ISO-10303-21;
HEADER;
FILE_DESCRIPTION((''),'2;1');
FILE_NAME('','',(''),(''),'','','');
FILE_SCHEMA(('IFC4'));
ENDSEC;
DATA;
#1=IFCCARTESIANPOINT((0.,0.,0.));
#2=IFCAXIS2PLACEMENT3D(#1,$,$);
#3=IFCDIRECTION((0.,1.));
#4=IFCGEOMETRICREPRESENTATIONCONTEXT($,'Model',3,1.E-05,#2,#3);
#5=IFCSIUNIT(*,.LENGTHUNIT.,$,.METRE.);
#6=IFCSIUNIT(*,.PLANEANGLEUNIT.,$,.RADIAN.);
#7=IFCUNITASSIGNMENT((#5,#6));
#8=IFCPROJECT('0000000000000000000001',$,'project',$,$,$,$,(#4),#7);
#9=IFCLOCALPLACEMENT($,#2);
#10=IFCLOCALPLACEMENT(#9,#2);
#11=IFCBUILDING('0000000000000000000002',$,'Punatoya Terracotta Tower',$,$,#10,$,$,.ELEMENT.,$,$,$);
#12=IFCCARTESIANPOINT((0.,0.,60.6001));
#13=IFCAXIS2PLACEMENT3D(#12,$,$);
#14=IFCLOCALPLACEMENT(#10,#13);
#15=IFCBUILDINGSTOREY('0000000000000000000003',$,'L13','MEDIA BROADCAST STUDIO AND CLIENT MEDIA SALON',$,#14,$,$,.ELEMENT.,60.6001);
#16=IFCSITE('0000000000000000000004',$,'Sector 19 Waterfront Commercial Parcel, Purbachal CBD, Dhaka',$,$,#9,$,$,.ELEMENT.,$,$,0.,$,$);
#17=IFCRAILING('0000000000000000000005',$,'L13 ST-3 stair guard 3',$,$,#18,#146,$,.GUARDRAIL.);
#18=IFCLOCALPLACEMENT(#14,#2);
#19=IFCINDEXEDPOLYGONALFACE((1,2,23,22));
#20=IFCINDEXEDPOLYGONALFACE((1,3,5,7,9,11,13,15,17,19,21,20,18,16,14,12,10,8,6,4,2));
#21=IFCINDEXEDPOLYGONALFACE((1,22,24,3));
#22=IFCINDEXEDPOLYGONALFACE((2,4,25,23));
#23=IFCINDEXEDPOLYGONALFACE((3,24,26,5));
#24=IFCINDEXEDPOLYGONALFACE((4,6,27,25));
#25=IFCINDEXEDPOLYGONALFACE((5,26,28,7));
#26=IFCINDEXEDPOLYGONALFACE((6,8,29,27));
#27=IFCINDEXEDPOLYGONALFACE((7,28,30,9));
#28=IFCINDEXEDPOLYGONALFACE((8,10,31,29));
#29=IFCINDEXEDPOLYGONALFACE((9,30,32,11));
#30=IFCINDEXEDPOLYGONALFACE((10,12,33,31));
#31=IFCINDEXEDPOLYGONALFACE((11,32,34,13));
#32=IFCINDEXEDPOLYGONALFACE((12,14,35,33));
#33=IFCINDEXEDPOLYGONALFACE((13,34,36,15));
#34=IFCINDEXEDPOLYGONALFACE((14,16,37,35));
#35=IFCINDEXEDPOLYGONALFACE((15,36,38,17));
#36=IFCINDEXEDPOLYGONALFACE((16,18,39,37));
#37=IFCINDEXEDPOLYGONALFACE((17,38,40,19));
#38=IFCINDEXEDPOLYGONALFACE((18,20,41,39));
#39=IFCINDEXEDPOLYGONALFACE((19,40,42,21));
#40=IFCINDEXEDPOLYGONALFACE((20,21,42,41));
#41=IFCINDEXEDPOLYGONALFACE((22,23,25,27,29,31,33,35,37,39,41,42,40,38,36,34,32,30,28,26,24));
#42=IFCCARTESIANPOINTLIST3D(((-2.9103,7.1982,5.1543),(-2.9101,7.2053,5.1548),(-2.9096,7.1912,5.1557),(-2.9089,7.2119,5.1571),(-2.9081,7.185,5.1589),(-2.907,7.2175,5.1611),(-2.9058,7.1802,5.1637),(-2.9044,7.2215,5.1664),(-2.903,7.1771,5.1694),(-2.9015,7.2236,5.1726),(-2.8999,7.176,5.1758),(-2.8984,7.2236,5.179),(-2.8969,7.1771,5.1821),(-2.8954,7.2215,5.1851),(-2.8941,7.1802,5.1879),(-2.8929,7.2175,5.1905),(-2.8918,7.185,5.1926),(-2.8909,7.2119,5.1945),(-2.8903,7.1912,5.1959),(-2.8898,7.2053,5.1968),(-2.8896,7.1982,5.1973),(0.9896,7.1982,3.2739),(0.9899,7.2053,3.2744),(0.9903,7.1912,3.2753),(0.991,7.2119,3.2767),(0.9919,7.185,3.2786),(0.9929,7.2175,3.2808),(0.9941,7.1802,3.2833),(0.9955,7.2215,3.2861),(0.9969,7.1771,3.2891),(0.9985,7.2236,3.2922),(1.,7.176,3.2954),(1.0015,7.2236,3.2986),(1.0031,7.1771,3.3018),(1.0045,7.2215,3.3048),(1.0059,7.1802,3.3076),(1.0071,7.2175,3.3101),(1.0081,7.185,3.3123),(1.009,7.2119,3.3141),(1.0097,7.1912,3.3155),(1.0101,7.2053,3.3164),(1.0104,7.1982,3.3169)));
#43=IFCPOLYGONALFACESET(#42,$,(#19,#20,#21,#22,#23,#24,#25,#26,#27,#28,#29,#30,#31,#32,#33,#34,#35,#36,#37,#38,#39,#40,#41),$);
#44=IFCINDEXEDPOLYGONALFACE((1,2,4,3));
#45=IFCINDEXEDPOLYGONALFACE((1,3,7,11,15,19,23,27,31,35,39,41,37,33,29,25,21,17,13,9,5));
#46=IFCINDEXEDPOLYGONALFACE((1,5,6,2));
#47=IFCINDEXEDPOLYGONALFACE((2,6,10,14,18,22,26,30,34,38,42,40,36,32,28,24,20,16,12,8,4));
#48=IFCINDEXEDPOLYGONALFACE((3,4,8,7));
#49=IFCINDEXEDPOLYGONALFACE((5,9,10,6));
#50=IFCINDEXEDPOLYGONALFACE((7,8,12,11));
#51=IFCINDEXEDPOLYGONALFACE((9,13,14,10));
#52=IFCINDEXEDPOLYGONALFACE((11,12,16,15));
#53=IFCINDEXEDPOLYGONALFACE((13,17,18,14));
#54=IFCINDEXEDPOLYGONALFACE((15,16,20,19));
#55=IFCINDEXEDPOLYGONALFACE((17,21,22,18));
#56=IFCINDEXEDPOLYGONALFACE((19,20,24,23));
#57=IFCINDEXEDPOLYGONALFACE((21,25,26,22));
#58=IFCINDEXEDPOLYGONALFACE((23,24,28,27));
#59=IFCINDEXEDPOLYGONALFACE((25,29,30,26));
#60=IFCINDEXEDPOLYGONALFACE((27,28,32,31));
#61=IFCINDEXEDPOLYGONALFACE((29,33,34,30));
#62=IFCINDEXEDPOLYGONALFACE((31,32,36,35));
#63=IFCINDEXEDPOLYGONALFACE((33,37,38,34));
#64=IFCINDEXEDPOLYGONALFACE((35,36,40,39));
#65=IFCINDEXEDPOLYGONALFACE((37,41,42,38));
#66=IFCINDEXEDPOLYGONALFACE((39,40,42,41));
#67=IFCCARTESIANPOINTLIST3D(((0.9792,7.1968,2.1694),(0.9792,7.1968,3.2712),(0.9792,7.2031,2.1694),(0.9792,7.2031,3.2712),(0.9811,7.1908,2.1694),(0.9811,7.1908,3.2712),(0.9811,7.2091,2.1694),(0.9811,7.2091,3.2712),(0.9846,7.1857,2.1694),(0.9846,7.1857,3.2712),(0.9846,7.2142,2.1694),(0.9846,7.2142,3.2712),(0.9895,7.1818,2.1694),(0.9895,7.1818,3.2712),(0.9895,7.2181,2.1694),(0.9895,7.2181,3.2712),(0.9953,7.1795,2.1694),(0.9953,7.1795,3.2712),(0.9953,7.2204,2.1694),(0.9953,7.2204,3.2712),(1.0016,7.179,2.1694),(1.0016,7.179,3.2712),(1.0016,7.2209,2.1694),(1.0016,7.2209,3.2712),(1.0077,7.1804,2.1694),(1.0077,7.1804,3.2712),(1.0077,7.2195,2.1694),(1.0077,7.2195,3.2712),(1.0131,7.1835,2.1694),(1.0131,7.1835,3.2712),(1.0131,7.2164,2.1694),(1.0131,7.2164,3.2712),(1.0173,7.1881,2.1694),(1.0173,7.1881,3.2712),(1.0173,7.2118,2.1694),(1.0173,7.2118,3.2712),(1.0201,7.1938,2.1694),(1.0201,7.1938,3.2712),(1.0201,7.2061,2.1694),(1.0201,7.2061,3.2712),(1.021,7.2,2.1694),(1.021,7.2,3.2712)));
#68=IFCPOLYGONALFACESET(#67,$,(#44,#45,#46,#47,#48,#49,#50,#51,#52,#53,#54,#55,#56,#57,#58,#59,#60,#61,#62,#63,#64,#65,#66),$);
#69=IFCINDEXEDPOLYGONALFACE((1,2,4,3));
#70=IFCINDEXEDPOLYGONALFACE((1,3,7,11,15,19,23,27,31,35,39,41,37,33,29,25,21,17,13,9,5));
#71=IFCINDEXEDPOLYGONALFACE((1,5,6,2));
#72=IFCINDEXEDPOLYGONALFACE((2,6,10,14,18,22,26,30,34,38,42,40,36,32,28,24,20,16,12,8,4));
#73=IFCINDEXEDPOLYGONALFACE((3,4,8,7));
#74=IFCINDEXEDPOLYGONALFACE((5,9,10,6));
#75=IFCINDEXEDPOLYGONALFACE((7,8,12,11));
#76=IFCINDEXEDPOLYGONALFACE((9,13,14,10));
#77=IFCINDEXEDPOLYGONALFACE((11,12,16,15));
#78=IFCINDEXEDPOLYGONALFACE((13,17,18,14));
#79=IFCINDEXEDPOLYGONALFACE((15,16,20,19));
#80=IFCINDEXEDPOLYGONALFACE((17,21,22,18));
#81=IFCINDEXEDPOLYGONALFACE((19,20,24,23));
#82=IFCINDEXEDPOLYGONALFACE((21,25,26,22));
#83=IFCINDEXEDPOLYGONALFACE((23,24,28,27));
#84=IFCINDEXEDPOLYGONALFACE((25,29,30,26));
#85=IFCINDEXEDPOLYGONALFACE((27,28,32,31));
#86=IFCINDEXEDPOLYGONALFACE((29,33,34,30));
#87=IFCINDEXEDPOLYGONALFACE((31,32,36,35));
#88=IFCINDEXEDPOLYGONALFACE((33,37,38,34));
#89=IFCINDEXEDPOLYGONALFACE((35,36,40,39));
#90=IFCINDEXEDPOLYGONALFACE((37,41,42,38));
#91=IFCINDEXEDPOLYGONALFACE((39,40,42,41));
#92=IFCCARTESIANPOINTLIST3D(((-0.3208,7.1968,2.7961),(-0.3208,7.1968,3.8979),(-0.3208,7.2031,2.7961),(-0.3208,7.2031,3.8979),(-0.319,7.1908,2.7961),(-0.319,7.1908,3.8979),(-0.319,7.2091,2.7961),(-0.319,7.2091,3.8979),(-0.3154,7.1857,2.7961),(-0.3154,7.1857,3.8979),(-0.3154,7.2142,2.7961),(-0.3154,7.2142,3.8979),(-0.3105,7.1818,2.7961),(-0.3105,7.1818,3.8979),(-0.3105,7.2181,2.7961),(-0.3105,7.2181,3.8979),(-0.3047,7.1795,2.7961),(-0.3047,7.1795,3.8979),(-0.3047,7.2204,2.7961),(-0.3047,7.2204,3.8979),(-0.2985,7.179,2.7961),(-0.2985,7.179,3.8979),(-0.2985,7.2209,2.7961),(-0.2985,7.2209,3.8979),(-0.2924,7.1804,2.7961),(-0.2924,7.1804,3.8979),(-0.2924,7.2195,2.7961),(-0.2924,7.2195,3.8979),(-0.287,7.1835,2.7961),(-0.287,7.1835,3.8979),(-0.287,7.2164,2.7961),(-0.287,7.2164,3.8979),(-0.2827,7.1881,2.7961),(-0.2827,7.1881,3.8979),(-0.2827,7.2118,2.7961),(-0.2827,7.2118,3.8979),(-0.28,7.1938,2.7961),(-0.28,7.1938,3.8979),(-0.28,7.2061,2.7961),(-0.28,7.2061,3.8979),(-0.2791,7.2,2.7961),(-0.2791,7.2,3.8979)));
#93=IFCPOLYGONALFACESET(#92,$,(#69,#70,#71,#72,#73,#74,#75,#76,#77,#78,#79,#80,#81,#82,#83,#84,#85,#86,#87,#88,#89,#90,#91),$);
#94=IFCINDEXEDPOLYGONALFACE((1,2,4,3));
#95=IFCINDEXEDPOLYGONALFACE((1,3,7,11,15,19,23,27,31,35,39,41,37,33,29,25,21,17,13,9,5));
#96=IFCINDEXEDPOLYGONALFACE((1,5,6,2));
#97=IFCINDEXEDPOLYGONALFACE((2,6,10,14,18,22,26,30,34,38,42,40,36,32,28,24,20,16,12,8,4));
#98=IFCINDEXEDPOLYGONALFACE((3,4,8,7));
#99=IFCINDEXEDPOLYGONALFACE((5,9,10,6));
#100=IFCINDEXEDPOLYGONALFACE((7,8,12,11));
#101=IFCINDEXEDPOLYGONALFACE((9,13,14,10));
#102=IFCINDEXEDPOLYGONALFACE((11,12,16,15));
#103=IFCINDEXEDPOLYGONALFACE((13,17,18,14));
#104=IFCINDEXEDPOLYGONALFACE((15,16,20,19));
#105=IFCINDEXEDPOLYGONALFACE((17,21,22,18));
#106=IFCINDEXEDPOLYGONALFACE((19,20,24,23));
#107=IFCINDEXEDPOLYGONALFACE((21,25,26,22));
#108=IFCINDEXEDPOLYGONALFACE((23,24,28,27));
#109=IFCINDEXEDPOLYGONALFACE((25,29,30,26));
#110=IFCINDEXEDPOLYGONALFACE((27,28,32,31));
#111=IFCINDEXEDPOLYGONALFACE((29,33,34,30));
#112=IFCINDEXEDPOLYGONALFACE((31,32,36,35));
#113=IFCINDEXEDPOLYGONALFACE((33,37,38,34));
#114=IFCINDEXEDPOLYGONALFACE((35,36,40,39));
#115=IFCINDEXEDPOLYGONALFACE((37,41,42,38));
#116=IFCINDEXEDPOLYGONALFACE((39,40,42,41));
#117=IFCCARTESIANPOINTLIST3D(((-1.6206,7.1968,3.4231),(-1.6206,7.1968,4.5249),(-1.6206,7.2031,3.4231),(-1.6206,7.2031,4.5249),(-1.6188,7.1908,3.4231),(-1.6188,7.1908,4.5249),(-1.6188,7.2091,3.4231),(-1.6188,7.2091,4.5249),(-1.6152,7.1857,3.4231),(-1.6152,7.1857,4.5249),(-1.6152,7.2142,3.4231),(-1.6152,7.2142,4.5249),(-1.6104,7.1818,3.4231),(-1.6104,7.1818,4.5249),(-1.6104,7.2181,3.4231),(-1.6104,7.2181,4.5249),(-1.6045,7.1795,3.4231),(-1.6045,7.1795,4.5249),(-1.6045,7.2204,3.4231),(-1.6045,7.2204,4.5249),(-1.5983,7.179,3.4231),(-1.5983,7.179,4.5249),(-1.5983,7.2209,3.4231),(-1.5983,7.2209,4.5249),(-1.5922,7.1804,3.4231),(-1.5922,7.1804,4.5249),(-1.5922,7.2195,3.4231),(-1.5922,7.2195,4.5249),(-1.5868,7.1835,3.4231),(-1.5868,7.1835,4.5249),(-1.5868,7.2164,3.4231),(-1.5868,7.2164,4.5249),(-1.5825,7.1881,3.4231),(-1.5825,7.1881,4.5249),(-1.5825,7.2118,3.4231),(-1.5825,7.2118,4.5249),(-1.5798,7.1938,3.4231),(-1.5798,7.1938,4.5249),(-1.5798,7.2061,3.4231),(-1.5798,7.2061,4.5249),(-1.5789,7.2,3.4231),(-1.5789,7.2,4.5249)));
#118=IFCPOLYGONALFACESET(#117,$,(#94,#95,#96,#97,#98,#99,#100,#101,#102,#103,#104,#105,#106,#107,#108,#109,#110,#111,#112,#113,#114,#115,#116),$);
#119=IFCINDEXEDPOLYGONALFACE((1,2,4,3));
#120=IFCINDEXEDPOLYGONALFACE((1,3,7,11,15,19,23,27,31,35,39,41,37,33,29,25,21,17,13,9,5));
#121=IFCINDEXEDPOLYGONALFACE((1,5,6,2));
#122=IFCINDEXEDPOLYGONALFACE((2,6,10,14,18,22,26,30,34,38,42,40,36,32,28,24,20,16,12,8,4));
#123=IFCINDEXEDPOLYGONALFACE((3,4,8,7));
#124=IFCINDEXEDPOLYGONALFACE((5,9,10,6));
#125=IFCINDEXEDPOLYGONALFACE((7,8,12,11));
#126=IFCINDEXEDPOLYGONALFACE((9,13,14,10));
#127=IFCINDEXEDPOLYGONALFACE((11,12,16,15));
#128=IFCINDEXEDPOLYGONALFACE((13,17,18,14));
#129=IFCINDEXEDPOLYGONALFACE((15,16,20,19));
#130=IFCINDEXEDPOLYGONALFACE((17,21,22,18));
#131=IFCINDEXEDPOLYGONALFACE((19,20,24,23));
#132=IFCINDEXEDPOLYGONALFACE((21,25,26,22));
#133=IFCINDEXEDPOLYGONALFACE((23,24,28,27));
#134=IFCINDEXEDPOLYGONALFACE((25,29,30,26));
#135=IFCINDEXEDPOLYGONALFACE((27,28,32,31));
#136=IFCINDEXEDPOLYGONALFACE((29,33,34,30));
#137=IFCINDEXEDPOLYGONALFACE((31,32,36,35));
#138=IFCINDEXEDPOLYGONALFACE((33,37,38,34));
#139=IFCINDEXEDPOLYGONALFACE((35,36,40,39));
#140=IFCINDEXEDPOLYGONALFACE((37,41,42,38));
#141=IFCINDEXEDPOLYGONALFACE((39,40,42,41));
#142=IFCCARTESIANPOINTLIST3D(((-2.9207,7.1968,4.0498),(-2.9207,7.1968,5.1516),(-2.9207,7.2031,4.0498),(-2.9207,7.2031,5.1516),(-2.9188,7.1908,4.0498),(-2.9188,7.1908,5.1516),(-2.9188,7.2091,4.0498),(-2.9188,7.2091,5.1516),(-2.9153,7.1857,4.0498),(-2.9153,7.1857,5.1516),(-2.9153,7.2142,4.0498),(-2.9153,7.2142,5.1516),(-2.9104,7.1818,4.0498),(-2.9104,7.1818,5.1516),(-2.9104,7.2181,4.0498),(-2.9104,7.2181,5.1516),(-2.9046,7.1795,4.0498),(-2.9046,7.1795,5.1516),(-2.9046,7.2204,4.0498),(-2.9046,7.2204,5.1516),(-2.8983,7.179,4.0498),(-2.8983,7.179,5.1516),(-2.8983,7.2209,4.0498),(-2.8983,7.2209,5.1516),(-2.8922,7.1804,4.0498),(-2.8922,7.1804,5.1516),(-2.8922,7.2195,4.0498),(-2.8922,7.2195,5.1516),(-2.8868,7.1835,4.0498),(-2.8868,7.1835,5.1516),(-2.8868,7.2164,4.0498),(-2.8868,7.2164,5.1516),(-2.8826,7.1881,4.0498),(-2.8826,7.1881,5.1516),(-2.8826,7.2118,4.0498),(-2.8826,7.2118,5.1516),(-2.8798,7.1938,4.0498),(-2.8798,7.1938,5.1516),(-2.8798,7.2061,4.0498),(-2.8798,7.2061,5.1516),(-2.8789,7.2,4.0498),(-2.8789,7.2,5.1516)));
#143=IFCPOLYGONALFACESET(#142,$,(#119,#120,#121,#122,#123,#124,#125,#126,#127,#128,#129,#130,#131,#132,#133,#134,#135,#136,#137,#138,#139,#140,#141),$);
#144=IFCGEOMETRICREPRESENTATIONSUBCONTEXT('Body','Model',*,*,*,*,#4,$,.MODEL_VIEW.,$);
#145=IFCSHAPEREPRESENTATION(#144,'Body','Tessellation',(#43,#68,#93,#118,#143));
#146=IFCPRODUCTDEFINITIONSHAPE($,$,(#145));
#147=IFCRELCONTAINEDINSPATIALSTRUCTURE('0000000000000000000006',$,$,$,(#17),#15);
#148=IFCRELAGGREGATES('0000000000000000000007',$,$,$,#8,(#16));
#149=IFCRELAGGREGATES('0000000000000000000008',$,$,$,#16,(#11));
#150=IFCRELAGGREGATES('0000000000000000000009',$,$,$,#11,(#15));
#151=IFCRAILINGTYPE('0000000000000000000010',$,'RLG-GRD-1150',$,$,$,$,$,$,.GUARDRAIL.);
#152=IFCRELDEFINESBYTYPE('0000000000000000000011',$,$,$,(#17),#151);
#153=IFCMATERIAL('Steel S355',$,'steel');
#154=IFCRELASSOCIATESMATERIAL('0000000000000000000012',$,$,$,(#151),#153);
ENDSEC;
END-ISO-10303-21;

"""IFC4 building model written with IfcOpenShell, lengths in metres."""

from ifc_helpers import new_model, si_unit, direction, frame, origin, origin_2d, place, context, subcontext, project, spatial, circle, extrude, material, type_object, element, save


model = new_model("IFC4")

# Units and contexts
model_context = context("Model", 3, precision=1e-05, world=origin(), true_north=direction((0.0, 1.0)))
body_context = subcontext(model_context, "Body", "Model", "MODEL_VIEW")
ifc_project = project(units=[si_unit("LENGTHUNIT", "METRE"), si_unit("PLANEANGLEUNIT", "RADIAN")], contexts=[model_context])

# Site, building, storey
site_placement = place(None, origin())
site = spatial("IfcSite", under=ifc_project, at=site_placement, Name="Sector 19 Waterfront Commercial Parcel, Purbachal CBD, Dhaka", CompositionType="ELEMENT", RefElevation=0.0)
building_placement = place(site_placement, origin())
building = spatial("IfcBuilding", under=site, at=building_placement, Name="Punatoya Terracotta Tower", CompositionType="ELEMENT")
storey_placement = place(building_placement, frame((0.0, 0.0, 60.6001)))
storey = spatial("IfcBuildingStorey", under=building, at=storey_placement, Name="L13", Description="MEDIA BROADCAST STUDIO AND CLIENT MEDIA SALON", CompositionType="ELEMENT", Elevation=60.6001)

# Railing
ifc_material_1 = material(Name="Steel S355", Category="steel")
railing_type_1 = type_object("IfcRailingType", Name="RLG-GRD-1150", PredefinedType="GUARDRAIL", material=ifc_material_1)
railing_1_placement = place(storey_placement, frame((1.0, 7.2, 2.1694)))
element("IfcRailing", 1, at=railing_1_placement, inside=storey, type_object=railing_type_1, Name="L13 ST-3 stair guard 3", PredefinedType="GUARDRAIL", context=body_context, shape_type="SweptSolid", body=[
    extrude(circle(Radius=0.0239, at=origin_2d()), frame((0.0, 0.0, 1.126), z_axis=(-0.900763, 0.0, 0.434311), x_axis=(0.0, -1.0, 0.0)), (0.0, 0.0, 1.0), 4.3296),
    extrude(circle(Radius=0.021, at=origin_2d()), origin(), (0.0, 0.0, 1.0), 1.1018),
    extrude(circle(Radius=0.021, at=origin_2d()), frame((-1.3, 0.0, 0.6267)), (0.0, 0.0, 1.0), 1.1018),
    extrude(circle(Radius=0.021, at=origin_2d()), frame((-2.5999, 0.0, 1.2537)), (0.0, 0.0, 1.0), 1.1018),
    extrude(circle(Radius=0.021, at=origin_2d()), frame((-3.8999, 0.0, 1.8804)), (0.0, 0.0, 1.0), 1.1018),
])

save(model, "model.ifc")
